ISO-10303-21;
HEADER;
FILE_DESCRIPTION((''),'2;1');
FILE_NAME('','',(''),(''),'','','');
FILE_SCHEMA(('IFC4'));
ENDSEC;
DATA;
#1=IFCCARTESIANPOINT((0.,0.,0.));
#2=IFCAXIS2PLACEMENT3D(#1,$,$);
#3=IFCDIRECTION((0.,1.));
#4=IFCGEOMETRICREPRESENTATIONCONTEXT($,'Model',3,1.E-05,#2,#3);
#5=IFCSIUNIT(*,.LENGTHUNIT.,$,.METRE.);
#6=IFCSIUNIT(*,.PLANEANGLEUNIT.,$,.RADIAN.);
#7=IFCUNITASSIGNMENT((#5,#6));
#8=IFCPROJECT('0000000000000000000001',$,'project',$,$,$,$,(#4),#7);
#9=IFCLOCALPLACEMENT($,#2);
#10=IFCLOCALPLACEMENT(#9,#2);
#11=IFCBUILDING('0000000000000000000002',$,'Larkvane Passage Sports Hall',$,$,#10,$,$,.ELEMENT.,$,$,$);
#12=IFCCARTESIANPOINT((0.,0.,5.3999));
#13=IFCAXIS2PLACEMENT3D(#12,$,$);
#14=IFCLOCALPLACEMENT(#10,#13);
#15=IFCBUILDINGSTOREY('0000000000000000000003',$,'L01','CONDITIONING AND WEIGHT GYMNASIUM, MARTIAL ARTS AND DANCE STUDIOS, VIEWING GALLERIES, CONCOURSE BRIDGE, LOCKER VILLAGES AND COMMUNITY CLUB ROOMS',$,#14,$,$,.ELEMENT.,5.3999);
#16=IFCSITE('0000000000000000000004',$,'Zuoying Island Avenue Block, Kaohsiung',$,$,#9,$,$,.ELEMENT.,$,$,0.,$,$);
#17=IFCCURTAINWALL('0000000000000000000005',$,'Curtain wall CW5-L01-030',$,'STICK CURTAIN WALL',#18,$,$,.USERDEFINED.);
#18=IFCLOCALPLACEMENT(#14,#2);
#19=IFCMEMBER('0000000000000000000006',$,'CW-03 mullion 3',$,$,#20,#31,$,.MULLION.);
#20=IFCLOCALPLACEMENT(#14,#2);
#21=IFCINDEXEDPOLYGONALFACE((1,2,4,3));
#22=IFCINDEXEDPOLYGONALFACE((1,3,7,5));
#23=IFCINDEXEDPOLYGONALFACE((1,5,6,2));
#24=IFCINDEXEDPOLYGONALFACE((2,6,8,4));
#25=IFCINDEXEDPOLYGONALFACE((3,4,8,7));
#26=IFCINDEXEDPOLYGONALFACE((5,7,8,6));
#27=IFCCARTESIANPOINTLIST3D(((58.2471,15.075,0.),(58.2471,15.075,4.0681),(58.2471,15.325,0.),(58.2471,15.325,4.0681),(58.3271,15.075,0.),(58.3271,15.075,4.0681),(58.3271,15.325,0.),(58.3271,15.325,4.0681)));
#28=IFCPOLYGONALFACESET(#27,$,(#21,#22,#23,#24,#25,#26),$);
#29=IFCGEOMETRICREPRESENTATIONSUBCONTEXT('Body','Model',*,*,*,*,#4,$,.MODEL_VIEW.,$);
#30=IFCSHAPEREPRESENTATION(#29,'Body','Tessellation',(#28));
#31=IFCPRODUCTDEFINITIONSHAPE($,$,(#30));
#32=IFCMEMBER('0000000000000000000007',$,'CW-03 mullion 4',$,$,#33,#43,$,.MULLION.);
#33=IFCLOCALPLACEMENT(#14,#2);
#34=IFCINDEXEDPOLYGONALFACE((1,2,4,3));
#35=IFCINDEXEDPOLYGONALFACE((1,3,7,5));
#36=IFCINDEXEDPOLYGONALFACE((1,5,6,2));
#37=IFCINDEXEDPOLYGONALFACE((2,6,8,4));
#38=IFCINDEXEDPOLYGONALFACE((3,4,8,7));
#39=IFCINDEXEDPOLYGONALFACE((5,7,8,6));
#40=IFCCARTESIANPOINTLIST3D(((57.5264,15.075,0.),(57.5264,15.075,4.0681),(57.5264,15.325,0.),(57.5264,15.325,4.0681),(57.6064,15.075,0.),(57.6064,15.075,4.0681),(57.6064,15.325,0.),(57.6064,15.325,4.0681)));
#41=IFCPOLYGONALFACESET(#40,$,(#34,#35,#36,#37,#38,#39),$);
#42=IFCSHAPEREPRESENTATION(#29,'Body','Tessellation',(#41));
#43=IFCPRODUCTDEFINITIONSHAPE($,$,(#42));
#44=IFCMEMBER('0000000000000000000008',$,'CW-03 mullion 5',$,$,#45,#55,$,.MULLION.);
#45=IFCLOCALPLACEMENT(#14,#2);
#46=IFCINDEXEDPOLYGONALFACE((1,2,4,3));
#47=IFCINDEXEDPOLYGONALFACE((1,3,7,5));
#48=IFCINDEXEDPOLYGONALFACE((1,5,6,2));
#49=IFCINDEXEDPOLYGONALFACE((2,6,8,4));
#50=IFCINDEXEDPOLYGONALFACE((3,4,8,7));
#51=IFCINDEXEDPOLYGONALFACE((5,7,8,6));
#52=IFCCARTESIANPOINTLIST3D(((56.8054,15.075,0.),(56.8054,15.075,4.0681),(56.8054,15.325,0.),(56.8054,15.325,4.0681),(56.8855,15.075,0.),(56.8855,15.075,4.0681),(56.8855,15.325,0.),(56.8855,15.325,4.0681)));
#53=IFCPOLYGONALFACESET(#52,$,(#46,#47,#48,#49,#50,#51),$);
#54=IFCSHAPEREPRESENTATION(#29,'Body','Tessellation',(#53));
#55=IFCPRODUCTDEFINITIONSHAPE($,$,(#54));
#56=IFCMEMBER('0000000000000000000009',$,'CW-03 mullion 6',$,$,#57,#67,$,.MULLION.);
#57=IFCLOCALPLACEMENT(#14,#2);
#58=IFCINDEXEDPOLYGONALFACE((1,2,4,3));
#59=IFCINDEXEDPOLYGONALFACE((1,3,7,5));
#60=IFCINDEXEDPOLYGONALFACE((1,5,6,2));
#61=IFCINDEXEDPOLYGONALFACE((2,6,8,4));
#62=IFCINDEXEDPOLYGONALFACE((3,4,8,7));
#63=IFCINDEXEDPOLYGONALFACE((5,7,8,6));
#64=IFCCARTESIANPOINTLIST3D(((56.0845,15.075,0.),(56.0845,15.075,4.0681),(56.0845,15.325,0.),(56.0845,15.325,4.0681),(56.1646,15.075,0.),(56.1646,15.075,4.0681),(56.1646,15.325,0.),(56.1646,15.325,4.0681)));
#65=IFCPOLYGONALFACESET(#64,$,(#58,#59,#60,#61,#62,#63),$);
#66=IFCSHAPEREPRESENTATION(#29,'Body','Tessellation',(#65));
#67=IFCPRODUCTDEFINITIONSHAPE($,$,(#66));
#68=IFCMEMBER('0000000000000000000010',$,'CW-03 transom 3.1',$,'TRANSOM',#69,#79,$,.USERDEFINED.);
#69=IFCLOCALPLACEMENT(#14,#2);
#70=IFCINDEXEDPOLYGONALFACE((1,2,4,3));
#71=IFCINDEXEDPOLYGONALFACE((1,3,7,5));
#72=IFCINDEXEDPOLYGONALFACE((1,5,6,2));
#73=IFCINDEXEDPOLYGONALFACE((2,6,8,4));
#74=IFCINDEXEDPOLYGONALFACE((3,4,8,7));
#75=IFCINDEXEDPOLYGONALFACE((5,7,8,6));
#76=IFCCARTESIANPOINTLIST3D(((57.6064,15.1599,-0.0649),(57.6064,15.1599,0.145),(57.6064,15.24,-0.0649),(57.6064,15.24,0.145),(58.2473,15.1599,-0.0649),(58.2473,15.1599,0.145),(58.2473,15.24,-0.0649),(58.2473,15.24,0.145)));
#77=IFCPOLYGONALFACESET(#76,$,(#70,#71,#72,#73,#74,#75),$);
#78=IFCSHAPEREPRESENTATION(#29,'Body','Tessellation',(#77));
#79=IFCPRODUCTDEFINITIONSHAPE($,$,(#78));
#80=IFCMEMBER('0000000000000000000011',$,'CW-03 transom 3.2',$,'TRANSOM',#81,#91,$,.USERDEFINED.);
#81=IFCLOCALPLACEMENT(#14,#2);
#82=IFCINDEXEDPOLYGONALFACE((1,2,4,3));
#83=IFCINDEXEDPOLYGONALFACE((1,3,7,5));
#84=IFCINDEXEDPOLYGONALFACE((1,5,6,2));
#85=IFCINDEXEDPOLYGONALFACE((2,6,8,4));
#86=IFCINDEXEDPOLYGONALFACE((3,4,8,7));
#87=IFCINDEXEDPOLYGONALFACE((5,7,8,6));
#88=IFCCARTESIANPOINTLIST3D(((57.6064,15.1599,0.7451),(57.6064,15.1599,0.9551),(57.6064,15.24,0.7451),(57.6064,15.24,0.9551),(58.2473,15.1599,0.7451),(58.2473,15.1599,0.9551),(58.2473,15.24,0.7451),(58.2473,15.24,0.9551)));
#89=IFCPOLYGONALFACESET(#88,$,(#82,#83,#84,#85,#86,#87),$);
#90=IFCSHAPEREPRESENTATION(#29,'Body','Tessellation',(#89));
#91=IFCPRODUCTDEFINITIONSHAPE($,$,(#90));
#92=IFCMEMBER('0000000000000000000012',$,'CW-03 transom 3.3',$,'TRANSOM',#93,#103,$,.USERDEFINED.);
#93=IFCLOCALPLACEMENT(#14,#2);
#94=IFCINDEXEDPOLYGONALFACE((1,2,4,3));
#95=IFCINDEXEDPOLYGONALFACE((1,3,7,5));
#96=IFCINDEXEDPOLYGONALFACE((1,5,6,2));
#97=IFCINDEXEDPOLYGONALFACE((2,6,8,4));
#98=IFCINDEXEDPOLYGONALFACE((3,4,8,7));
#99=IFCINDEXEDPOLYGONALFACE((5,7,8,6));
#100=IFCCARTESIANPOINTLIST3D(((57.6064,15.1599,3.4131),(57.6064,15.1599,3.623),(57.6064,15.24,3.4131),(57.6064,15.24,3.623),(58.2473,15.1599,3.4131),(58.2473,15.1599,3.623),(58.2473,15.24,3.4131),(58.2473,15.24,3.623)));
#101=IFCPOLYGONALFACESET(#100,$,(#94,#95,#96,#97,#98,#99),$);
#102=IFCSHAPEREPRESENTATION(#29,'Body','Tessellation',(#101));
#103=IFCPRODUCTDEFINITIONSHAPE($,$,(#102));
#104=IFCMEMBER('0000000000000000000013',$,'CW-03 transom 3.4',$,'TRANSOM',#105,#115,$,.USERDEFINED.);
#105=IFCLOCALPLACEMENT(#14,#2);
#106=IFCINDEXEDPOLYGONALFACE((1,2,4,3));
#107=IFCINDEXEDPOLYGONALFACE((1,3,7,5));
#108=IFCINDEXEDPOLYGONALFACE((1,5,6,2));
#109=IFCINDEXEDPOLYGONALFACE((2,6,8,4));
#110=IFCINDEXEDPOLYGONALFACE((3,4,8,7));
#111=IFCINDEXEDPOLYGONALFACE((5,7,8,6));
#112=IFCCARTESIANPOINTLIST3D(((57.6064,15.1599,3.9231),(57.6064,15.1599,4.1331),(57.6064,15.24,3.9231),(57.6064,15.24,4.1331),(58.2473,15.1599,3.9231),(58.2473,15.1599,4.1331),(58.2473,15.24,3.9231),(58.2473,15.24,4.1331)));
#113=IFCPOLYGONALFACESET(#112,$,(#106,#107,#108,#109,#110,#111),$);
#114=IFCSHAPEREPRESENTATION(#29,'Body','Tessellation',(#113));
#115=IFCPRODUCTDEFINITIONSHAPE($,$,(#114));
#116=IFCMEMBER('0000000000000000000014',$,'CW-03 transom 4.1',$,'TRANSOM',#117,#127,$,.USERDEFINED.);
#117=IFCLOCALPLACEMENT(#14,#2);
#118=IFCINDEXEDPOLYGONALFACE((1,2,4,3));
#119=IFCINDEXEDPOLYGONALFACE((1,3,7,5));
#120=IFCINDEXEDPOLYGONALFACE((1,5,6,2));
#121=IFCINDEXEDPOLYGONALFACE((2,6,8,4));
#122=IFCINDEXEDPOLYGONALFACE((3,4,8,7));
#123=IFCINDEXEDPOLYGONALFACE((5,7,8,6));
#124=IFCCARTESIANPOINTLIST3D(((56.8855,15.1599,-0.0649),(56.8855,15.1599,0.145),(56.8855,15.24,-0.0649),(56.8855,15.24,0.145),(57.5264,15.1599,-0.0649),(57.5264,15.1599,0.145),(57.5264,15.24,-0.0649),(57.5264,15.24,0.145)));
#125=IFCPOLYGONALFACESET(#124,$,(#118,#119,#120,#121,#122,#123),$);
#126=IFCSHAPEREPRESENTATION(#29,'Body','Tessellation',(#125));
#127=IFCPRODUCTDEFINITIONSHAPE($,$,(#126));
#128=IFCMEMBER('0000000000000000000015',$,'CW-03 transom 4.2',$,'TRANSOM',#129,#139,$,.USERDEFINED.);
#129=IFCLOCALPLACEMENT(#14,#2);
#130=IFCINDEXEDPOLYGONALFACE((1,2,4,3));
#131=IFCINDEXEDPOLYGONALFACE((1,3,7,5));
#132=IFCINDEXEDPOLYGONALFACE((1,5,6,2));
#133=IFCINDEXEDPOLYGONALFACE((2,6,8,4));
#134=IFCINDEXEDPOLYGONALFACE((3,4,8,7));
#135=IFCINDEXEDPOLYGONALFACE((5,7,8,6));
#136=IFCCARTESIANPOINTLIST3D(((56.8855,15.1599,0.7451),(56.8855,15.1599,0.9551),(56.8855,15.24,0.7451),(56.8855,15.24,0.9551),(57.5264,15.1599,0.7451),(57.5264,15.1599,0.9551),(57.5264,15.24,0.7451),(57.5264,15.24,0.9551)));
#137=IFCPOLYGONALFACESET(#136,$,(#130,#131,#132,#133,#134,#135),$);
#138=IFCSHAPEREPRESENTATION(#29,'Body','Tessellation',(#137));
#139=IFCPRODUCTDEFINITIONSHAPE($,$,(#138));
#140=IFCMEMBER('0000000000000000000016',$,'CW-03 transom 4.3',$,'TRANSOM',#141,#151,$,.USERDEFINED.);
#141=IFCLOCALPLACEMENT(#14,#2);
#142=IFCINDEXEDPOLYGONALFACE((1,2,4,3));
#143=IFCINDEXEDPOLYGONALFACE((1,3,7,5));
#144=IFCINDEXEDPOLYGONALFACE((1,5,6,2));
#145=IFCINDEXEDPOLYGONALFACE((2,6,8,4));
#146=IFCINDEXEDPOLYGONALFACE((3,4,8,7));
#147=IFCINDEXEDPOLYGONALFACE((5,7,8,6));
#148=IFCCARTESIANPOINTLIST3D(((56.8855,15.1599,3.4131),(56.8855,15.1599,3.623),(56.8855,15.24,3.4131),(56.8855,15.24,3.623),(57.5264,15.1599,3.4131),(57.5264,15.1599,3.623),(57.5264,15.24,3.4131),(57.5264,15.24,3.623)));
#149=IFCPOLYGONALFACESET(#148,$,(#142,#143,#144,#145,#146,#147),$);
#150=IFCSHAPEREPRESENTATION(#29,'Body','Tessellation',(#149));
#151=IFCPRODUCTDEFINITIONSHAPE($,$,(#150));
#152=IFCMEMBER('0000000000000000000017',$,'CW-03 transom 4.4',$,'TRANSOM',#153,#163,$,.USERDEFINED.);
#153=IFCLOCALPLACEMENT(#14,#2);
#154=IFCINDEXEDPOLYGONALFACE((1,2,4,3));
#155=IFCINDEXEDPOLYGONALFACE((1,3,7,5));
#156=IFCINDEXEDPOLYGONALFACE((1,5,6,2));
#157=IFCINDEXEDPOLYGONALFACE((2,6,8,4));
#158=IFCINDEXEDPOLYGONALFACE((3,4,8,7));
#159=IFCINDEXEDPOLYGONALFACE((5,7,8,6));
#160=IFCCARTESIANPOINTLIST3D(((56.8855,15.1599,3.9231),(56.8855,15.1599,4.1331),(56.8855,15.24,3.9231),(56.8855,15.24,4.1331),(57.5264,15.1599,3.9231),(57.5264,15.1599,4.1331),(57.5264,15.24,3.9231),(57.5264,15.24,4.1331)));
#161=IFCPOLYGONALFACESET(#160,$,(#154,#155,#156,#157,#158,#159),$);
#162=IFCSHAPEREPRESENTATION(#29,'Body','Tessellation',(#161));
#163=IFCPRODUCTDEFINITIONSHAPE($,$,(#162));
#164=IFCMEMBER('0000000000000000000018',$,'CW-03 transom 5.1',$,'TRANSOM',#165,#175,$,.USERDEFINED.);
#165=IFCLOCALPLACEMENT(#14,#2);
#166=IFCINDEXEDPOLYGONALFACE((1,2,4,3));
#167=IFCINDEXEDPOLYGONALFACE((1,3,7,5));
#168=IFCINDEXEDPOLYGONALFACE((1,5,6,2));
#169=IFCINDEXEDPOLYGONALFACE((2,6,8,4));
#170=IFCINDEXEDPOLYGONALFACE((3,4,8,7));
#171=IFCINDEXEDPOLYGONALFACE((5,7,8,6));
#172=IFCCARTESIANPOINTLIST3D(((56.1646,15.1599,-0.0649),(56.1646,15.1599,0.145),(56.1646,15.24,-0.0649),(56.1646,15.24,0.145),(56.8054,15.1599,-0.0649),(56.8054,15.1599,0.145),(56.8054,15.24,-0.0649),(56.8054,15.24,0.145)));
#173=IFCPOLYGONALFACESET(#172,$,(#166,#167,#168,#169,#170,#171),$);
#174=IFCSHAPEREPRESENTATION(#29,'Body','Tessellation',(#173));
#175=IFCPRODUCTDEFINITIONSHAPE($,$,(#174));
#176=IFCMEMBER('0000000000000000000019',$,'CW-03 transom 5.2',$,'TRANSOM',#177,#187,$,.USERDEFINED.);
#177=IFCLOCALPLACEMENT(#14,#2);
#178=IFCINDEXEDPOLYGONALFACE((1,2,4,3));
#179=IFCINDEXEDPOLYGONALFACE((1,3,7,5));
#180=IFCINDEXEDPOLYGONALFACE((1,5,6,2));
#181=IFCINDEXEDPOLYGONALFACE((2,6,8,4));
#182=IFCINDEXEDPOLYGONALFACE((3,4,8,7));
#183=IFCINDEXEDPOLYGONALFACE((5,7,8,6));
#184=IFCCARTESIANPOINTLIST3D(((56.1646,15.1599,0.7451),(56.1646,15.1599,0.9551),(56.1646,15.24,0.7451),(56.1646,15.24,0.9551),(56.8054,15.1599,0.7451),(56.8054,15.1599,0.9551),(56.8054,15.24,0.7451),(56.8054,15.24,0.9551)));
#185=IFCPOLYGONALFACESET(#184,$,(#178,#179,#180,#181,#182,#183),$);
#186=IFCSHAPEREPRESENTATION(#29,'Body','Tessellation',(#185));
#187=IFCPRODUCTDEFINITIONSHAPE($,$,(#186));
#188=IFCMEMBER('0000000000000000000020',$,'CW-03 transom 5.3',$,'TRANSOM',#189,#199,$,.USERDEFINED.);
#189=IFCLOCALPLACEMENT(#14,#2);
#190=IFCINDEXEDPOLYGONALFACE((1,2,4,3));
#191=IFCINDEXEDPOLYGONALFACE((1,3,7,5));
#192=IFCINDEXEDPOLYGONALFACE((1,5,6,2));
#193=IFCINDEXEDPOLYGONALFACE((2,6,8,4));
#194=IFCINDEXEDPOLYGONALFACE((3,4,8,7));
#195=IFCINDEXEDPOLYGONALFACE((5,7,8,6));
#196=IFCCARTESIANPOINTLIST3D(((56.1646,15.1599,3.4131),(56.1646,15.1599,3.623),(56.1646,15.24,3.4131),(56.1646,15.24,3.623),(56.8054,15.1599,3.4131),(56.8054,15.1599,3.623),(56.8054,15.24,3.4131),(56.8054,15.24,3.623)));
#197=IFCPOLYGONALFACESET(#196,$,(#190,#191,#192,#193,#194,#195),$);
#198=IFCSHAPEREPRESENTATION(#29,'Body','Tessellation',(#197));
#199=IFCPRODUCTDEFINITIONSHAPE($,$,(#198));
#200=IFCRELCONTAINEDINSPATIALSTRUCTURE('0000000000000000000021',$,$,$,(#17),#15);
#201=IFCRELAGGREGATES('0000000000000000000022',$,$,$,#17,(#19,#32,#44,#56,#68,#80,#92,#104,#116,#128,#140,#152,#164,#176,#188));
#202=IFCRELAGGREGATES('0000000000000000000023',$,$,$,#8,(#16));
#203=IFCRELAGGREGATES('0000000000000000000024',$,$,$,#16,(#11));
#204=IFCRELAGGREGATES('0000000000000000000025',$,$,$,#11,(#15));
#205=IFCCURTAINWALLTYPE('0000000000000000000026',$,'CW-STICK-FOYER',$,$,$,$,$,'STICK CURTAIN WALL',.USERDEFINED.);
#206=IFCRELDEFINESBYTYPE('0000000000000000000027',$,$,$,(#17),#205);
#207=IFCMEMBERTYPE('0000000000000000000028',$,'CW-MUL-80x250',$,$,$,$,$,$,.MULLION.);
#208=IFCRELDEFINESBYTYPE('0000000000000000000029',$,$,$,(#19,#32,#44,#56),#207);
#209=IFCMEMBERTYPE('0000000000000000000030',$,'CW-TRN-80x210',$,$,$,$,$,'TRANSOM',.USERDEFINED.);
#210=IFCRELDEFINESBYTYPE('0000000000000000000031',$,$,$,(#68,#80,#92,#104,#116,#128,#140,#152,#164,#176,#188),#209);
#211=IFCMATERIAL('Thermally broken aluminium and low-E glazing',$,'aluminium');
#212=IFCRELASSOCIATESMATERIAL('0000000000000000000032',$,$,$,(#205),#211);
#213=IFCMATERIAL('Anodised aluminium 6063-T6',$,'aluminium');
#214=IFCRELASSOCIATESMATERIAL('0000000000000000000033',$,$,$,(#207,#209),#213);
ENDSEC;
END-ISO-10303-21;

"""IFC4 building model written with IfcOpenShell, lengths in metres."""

from ifc_helpers import new_model, si_unit, direction, frame, origin, origin_2d, place, context, subcontext, project, spatial, rectangle, extrude, material, material_profile, profile_set, type_object, element, aggregate, save


model = new_model("IFC4")

# Units and contexts
model_context = context("Model", 3, precision=1e-05, world=origin(), true_north=direction((0.0, 1.0)))
body_context = subcontext(model_context, "Body", "Model", "MODEL_VIEW")
ifc_project = project(units=[si_unit("LENGTHUNIT", "METRE"), si_unit("PLANEANGLEUNIT", "RADIAN")], contexts=[model_context])

# Site, building, storey
site_placement = place(None, origin())
site = spatial("IfcSite", under=ifc_project, at=site_placement, Name="Zuoying Island Avenue Block, Kaohsiung", CompositionType="ELEMENT", RefElevation=0.0)
building_placement = place(site_placement, origin())
building = spatial("IfcBuilding", under=site, at=building_placement, Name="Larkvane Passage Sports Hall", CompositionType="ELEMENT")
storey_placement = place(building_placement, frame((0.0, 0.0, 5.3999)))
storey = spatial("IfcBuildingStorey", under=building, at=storey_placement, Name="L01", Description="CONDITIONING AND WEIGHT GYMNASIUM, MARTIAL ARTS AND DANCE STUDIOS, VIEWING GALLERIES, CONCOURSE BRIDGE, LOCKER VILLAGES AND COMMUNITY CLUB ROOMS", CompositionType="ELEMENT", Elevation=5.3999)

# Curtain wall, members
ifc_material_1 = material(Name="Thermally broken aluminium and low-E glazing", Category="aluminium")
curtain_wall_type = type_object("IfcCurtainWallType", Name="CW-STICK-FOYER", ElementType="STICK CURTAIN WALL", PredefinedType="USERDEFINED", material=ifc_material_1)
curtain_wall_placement = place(storey_placement, origin())
curtain_wall = element("IfcCurtainWall", 1, at=curtain_wall_placement, inside=storey, type_object=curtain_wall_type, Name="Curtain wall CW5-L01-030", ObjectType="STICK CURTAIN WALL", PredefinedType="USERDEFINED")
ifc_material_2 = material(Name="Anodised aluminium 6063-T6", Category="aluminium")
ifc_material_profile_1 = material_profile(ifc_material_2, rectangle(XDim=0.0801, YDim=0.25, at=origin_2d()), Name="ALU-MUL-80x250")
ifc_profile_set_1 = profile_set([ifc_material_profile_1], Name="Anodised aluminium 6063-T6")
member_type_1 = type_object("IfcMemberType", Name="CW-MUL-80x250", PredefinedType="MULLION", material=ifc_profile_set_1)
member_1_placement = place(storey_placement, frame((58.2871, 15.2, 0.0), z_axis=(0.0, 0.0, 1.0), x_axis=(-1.0, 0.0, 0.0)))
member_1 = element("IfcMember", 2, at=member_1_placement, type_object=member_type_1, Name="CW-03 mullion 3", PredefinedType="MULLION", context=body_context, shape_type="SweptSolid", body=[
    extrude(rectangle(XDim=0.0801, YDim=0.25, at=origin_2d()), origin(), (0.0, 0.0, 1.0), 4.0681),
])
member_2_placement = place(storey_placement, frame((57.5664, 15.2, 0.0), z_axis=(0.0, 0.0, 1.0), x_axis=(-1.0, 0.0, 0.0)))
member_2 = element("IfcMember", 3, at=member_2_placement, type_object=member_type_1, Name="CW-03 mullion 4", PredefinedType="MULLION", context=body_context, shape_type="SweptSolid", body=[
    extrude(rectangle(XDim=0.0801, YDim=0.25, at=origin_2d()), origin(), (0.0, 0.0, 1.0), 4.0681),
])
member_3_placement = place(storey_placement, frame((56.8455, 15.2, 0.0), z_axis=(0.0, 0.0, 1.0), x_axis=(-1.0, 0.0, 0.0)))
member_3 = element("IfcMember", 4, at=member_3_placement, type_object=member_type_1, Name="CW-03 mullion 5", PredefinedType="MULLION", context=body_context, shape_type="SweptSolid", body=[
    extrude(rectangle(XDim=0.0801, YDim=0.25, at=origin_2d()), origin(), (0.0, 0.0, 1.0), 4.0681),
])
member_4_placement = place(storey_placement, frame((56.1245, 15.2, 0.0), z_axis=(0.0, 0.0, 1.0), x_axis=(-1.0, 0.0, 0.0)))
member_4 = element("IfcMember", 5, at=member_4_placement, type_object=member_type_1, Name="CW-03 mullion 6", PredefinedType="MULLION", context=body_context, shape_type="SweptSolid", body=[
    extrude(rectangle(XDim=0.0801, YDim=0.25, at=origin_2d()), origin(), (0.0, 0.0, 1.0), 4.0681),
])
ifc_material_profile_2 = material_profile(ifc_material_2, rectangle(XDim=0.0801, YDim=0.21, at=origin_2d()), Name="ALU-TRN-80x210")
ifc_profile_set_2 = profile_set([ifc_material_profile_2], Name="Anodised aluminium 6063-T6")
member_type_2 = type_object("IfcMemberType", Name="CW-TRN-80x210", ElementType="TRANSOM", PredefinedType="USERDEFINED", material=ifc_profile_set_2)
member_5_placement = place(storey_placement, frame((58.2473, 15.2, 0.04), z_axis=(-1.0, 0.0, 0.0), x_axis=(0.0, -1.0, 0.0)))
member_5 = element("IfcMember", 6, at=member_5_placement, type_object=member_type_2, Name="CW-03 transom 3.1", ObjectType="TRANSOM", PredefinedType="USERDEFINED", context=body_context, shape_type="SweptSolid", body=[
    extrude(rectangle(XDim=0.0801, YDim=0.21, at=origin_2d()), origin(), (0.0, 0.0, 1.0), 0.6409),
])
member_6_placement = place(storey_placement, frame((58.2473, 15.2, 0.8501), z_axis=(-1.0, 0.0, 0.0), x_axis=(0.0, -1.0, 0.0)))
member_6 = element("IfcMember", 7, at=member_6_placement, type_object=member_type_2, Name="CW-03 transom 3.2", ObjectType="TRANSOM", PredefinedType="USERDEFINED", context=body_context, shape_type="SweptSolid", body=[
    extrude(rectangle(XDim=0.0801, YDim=0.21, at=origin_2d()), origin(), (0.0, 0.0, 1.0), 0.6409),
])
member_7_placement = place(storey_placement, frame((58.2473, 15.2, 3.5181), z_axis=(-1.0, 0.0, 0.0), x_axis=(0.0, -1.0, 0.0)))
member_7 = element("IfcMember", 8, at=member_7_placement, type_object=member_type_2, Name="CW-03 transom 3.3", ObjectType="TRANSOM", PredefinedType="USERDEFINED", context=body_context, shape_type="SweptSolid", body=[
    extrude(rectangle(XDim=0.0801, YDim=0.21, at=origin_2d()), origin(), (0.0, 0.0, 1.0), 0.6409),
])
member_8_placement = place(storey_placement, frame((58.2473, 15.2, 4.0281), z_axis=(-1.0, 0.0, 0.0), x_axis=(0.0, -1.0, 0.0)))
member_8 = element("IfcMember", 9, at=member_8_placement, type_object=member_type_2, Name="CW-03 transom 3.4", ObjectType="TRANSOM", PredefinedType="USERDEFINED", context=body_context, shape_type="SweptSolid", body=[
    extrude(rectangle(XDim=0.0801, YDim=0.21, at=origin_2d()), origin(), (0.0, 0.0, 1.0), 0.6409),
])
member_9_placement = place(storey_placement, frame((57.5264, 15.2, 0.04), z_axis=(-1.0, 0.0, 0.0), x_axis=(0.0, -1.0, 0.0)))
member_9 = element("IfcMember", 10, at=member_9_placement, type_object=member_type_2, Name="CW-03 transom 4.1", ObjectType="TRANSOM", PredefinedType="USERDEFINED", context=body_context, shape_type="SweptSolid", body=[
    extrude(rectangle(XDim=0.0801, YDim=0.21, at=origin_2d()), origin(), (0.0, 0.0, 1.0), 0.6409),
])
member_10_placement = place(storey_placement, frame((57.5264, 15.2, 0.8501), z_axis=(-1.0, 0.0, 0.0), x_axis=(0.0, -1.0, 0.0)))
member_10 = element("IfcMember", 11, at=member_10_placement, type_object=member_type_2, Name="CW-03 transom 4.2", ObjectType="TRANSOM", PredefinedType="USERDEFINED", context=body_context, shape_type="SweptSolid", body=[
    extrude(rectangle(XDim=0.0801, YDim=0.21, at=origin_2d()), origin(), (0.0, 0.0, 1.0), 0.6409),
])
member_11_placement = place(storey_placement, frame((57.5264, 15.2, 3.5181), z_axis=(-1.0, 0.0, 0.0), x_axis=(0.0, -1.0, 0.0)))
member_11 = element("IfcMember", 12, at=member_11_placement, type_object=member_type_2, Name="CW-03 transom 4.3", ObjectType="TRANSOM", PredefinedType="USERDEFINED", context=body_context, shape_type="SweptSolid", body=[
    extrude(rectangle(XDim=0.0801, YDim=0.21, at=origin_2d()), origin(), (0.0, 0.0, 1.0), 0.6409),
])
member_12_placement = place(storey_placement, frame((57.5264, 15.2, 4.0281), z_axis=(-1.0, 0.0, 0.0), x_axis=(0.0, -1.0, 0.0)))
member_12 = element("IfcMember", 13, at=member_12_placement, type_object=member_type_2, Name="CW-03 transom 4.4", ObjectType="TRANSOM", PredefinedType="USERDEFINED", context=body_context, shape_type="SweptSolid", body=[
    extrude(rectangle(XDim=0.0801, YDim=0.21, at=origin_2d()), origin(), (0.0, 0.0, 1.0), 0.6409),
])
member_13_placement = place(storey_placement, frame((56.8054, 15.2, 0.04), z_axis=(-1.0, 0.0, 0.0), x_axis=(0.0, -1.0, 0.0)))
member_13 = element("IfcMember", 14, at=member_13_placement, type_object=member_type_2, Name="CW-03 transom 5.1", ObjectType="TRANSOM", PredefinedType="USERDEFINED", context=body_context, shape_type="SweptSolid", body=[
    extrude(rectangle(XDim=0.0801, YDim=0.21, at=origin_2d()), origin(), (0.0, 0.0, 1.0), 0.6409),
])
member_14_placement = place(storey_placement, frame((56.8054, 15.2, 0.8501), z_axis=(-1.0, 0.0, 0.0), x_axis=(0.0, -1.0, 0.0)))
member_14 = element("IfcMember", 15, at=member_14_placement, type_object=member_type_2, Name="CW-03 transom 5.2", ObjectType="TRANSOM", PredefinedType="USERDEFINED", context=body_context, shape_type="SweptSolid", body=[
    extrude(rectangle(XDim=0.0801, YDim=0.21, at=origin_2d()), origin(), (0.0, 0.0, 1.0), 0.6409),
])
member_15_placement = place(storey_placement, frame((56.8054, 15.2, 3.5181), z_axis=(-1.0, 0.0, 0.0), x_axis=(0.0, -1.0, 0.0)))
member_15 = element("IfcMember", 16, at=member_15_placement, type_object=member_type_2, Name="CW-03 transom 5.3", ObjectType="TRANSOM", PredefinedType="USERDEFINED", context=body_context, shape_type="SweptSolid", body=[
    extrude(rectangle(XDim=0.0801, YDim=0.21, at=origin_2d()), origin(), (0.0, 0.0, 1.0), 0.6409),
])

aggregate(curtain_wall, [member_1, member_2, member_3, member_4, member_5, member_6, member_7, member_8, member_9, member_10, member_11, member_12, member_13, member_14, member_15])

save(model, "model.ifc")
